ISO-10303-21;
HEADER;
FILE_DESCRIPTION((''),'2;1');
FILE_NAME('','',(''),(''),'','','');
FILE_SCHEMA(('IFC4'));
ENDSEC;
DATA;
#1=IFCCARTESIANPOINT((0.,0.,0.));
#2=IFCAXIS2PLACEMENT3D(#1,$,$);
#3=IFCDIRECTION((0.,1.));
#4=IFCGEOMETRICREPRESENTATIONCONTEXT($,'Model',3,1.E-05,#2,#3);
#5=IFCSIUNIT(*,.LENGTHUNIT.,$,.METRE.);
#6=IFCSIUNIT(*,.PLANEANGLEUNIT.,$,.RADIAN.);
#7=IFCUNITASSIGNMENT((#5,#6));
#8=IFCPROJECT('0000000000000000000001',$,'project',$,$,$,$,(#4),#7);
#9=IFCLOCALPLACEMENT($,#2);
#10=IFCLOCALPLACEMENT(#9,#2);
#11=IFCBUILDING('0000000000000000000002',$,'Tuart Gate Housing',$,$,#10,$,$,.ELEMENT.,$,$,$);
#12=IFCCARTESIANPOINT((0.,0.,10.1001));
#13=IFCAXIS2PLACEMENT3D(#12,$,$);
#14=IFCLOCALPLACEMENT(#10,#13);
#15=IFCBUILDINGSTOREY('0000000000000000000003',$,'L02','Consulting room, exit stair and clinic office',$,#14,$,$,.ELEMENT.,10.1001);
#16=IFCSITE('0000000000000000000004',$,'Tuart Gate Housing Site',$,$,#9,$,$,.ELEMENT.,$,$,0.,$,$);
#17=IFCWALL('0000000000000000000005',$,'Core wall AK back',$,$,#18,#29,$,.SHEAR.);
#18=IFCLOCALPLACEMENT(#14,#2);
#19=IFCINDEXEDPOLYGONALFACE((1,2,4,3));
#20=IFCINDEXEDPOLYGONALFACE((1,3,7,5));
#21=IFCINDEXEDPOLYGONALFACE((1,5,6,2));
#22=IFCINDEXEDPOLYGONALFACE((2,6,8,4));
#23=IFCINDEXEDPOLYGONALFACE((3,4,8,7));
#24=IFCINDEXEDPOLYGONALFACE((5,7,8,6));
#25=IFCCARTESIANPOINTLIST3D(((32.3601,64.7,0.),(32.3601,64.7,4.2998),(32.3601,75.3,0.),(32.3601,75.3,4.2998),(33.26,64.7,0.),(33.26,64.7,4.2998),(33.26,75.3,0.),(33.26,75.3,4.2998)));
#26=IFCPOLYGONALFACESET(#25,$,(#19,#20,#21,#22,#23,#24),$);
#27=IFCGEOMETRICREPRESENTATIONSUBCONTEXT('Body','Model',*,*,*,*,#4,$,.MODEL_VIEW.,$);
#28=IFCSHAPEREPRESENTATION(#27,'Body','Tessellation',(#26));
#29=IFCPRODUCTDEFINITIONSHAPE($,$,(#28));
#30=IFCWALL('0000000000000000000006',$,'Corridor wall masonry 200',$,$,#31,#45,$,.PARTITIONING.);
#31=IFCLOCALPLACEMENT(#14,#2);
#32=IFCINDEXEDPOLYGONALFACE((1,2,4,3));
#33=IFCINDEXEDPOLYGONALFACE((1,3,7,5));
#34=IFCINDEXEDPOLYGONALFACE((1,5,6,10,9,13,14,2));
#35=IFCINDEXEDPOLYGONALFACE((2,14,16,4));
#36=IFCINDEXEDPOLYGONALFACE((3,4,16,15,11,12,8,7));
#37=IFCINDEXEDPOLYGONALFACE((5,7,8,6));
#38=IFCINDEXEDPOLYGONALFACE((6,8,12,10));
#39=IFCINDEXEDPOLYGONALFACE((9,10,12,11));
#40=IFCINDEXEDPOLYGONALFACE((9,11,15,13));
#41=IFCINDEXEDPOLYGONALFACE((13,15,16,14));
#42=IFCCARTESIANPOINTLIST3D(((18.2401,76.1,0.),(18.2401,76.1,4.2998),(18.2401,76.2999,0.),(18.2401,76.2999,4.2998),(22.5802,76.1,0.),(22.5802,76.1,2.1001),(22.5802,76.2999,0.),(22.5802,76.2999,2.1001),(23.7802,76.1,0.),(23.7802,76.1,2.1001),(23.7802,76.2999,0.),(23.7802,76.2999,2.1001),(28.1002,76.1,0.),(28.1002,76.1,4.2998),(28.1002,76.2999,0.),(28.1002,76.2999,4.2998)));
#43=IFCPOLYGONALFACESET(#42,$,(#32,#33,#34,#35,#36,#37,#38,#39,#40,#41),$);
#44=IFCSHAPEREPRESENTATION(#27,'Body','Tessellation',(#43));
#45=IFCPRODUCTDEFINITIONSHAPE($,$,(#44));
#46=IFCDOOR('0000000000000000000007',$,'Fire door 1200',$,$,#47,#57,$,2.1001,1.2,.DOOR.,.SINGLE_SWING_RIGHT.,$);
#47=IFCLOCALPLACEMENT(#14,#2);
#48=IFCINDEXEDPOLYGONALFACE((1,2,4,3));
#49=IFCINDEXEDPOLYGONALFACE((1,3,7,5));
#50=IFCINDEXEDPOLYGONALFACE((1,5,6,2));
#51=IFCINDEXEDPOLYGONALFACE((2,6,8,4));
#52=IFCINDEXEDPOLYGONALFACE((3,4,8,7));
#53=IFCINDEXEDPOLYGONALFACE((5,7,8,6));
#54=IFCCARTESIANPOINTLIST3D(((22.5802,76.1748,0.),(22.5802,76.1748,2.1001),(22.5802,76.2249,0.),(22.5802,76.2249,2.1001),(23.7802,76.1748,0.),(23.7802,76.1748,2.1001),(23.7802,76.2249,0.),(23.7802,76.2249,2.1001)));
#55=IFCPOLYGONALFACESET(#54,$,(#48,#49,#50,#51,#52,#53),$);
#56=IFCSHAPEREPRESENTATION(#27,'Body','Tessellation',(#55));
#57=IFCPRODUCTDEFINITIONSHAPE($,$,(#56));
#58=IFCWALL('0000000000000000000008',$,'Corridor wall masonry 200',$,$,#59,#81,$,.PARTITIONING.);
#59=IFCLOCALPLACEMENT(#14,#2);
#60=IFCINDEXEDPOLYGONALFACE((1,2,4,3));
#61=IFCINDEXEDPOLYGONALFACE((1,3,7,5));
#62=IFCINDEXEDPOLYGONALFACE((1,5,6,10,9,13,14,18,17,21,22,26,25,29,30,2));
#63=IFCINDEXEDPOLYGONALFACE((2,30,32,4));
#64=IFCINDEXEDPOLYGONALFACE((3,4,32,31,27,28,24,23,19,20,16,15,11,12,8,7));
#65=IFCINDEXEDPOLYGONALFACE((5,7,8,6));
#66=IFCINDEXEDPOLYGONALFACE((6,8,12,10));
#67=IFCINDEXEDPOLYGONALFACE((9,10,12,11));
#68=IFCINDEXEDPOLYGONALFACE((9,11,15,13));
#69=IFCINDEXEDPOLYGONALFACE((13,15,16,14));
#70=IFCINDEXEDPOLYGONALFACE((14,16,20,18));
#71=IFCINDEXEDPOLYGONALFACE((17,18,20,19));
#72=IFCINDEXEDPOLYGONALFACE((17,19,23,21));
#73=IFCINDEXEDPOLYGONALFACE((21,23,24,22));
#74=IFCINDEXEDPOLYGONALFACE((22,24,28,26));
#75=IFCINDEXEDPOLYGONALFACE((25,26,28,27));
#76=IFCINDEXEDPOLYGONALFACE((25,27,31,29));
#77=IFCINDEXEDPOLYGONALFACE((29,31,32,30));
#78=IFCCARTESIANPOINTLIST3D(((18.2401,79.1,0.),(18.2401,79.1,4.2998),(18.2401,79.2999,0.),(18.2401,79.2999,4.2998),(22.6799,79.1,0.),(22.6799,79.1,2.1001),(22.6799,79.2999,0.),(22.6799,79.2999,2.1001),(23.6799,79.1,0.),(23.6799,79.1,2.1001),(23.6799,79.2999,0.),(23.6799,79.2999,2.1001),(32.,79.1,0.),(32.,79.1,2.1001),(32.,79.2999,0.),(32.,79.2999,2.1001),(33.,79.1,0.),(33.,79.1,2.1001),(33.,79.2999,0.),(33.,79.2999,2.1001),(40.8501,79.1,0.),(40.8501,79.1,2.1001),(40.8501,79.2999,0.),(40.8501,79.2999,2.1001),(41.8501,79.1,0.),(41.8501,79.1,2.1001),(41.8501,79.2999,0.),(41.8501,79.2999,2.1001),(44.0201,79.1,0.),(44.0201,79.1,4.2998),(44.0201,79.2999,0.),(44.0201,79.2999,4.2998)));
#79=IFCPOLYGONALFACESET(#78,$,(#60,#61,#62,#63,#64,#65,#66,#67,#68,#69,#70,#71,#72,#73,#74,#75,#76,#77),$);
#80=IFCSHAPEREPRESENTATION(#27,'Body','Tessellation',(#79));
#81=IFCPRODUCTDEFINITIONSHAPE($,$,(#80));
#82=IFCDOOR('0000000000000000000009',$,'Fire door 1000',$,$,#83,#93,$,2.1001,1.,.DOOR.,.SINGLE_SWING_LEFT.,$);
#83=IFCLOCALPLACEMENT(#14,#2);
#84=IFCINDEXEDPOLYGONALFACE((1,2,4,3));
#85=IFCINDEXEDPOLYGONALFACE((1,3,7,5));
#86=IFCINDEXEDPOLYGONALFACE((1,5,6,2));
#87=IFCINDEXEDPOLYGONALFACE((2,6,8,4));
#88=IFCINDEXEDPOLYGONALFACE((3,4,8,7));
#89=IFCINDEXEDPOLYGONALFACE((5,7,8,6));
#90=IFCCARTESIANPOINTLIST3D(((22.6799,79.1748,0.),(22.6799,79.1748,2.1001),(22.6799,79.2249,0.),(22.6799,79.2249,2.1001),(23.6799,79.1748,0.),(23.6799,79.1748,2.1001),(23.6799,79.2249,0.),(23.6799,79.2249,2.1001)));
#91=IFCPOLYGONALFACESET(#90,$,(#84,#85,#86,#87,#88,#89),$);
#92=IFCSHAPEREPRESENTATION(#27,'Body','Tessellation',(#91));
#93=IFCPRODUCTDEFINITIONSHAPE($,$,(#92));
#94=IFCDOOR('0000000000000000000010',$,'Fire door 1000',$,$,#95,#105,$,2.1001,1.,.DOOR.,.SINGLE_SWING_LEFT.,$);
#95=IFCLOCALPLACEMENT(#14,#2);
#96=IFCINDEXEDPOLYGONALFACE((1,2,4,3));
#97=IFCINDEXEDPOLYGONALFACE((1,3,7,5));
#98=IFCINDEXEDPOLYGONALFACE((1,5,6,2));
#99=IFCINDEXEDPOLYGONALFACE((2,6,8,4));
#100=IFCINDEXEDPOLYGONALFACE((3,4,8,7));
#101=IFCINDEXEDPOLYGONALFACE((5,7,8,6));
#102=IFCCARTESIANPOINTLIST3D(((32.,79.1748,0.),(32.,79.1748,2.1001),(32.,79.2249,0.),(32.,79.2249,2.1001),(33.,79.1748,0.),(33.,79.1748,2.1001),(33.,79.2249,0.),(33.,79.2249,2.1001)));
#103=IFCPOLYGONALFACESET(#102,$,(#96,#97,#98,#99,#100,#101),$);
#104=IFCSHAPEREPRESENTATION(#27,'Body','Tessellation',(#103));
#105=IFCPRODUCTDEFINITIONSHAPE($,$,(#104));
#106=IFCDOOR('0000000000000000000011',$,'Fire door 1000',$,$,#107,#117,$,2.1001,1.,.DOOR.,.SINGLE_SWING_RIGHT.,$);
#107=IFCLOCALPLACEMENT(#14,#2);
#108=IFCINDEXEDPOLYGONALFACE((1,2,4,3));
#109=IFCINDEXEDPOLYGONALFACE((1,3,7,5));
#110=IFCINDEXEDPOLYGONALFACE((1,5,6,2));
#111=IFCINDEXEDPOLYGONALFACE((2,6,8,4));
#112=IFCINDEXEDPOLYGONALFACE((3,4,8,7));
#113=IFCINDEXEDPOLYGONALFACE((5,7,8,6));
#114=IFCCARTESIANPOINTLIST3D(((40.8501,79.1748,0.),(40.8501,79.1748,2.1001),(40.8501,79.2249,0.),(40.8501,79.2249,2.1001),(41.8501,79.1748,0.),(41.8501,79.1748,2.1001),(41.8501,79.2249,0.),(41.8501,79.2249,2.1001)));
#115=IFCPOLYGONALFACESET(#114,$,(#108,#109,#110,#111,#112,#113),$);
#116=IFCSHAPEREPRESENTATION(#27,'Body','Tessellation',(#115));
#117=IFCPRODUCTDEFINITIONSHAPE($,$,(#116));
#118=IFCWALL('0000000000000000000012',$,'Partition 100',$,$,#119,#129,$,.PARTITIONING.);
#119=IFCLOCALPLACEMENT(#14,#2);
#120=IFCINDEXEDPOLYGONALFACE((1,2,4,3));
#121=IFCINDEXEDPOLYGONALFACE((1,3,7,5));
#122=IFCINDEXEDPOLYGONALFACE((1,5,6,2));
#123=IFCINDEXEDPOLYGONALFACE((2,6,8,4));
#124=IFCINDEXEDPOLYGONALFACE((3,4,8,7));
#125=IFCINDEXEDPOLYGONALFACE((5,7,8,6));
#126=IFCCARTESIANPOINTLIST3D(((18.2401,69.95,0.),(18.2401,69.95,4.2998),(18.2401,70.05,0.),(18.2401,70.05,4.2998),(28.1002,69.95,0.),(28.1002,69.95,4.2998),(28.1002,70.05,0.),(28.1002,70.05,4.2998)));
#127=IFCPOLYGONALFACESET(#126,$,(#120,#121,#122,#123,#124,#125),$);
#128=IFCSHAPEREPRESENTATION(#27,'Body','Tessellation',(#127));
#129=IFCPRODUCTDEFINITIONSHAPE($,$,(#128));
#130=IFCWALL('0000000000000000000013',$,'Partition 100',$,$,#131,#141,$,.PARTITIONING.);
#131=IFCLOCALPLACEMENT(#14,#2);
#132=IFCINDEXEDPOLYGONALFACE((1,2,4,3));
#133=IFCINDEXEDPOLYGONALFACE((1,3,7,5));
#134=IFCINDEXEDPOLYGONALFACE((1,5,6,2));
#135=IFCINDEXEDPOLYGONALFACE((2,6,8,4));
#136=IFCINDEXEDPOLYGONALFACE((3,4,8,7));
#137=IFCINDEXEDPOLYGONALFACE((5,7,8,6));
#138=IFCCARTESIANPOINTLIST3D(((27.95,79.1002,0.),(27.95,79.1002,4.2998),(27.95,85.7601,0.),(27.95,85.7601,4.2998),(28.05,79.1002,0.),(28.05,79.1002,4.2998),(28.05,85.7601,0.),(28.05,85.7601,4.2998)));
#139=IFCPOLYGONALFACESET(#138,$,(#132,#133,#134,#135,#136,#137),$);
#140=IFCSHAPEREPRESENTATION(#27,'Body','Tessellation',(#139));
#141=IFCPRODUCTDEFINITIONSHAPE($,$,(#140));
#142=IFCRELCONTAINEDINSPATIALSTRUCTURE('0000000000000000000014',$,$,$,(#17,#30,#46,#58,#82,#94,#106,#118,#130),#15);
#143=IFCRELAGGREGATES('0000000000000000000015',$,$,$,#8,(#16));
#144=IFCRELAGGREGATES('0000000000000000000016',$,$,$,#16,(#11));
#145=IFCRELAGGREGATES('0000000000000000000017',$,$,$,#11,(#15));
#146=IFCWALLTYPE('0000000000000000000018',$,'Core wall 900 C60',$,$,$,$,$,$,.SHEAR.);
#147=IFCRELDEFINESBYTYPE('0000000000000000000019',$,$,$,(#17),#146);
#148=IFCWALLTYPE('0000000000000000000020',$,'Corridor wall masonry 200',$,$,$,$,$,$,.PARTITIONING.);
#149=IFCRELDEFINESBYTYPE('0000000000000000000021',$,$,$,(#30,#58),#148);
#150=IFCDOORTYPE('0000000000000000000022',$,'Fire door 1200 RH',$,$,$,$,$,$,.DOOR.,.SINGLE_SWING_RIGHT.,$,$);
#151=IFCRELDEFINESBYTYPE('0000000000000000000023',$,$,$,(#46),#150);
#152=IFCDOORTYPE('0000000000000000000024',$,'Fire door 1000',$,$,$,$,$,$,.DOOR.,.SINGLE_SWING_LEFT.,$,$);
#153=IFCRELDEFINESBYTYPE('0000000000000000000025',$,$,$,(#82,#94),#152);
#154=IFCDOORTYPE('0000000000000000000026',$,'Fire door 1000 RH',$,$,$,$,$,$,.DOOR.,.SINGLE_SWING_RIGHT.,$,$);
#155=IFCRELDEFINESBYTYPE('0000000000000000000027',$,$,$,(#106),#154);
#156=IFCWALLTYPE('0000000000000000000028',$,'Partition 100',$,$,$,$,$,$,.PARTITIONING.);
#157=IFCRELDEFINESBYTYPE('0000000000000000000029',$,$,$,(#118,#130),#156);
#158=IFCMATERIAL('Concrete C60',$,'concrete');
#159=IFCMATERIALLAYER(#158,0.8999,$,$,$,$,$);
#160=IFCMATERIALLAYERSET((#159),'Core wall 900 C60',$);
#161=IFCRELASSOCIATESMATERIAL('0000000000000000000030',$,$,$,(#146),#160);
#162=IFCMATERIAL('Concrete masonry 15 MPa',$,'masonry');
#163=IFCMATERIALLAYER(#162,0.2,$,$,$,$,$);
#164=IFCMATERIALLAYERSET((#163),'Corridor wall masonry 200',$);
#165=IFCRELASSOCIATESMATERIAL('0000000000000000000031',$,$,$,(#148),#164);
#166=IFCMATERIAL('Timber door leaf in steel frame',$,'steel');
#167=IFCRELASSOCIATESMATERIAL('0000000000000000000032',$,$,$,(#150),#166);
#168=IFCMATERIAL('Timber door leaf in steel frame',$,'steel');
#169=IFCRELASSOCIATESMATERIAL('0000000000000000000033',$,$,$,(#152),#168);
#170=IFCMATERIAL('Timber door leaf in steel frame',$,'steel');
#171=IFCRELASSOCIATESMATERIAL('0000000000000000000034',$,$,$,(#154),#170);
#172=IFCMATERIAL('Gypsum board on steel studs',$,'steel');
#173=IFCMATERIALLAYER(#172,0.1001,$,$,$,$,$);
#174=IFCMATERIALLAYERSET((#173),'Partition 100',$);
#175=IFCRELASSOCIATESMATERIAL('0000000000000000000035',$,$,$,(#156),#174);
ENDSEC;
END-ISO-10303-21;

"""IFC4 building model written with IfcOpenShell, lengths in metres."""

from ifc_helpers import new_model, si_unit, direction, frame, frame_2d, origin, place, context, subcontext, project, spatial, rectangle, extrude, material, layer, layer_set, type_object, element, fill, save


model = new_model("IFC4")

# Units and contexts
model_context = context("Model", 3, precision=1e-05, world=origin(), true_north=direction((0.0, 1.0)))
body_context = subcontext(model_context, "Body", "Model", "MODEL_VIEW")
ifc_project = project(units=[si_unit("LENGTHUNIT", "METRE"), si_unit("PLANEANGLEUNIT", "RADIAN")], contexts=[model_context])

# Site, building, storey
site_placement = place(None, origin())
site = spatial("IfcSite", under=ifc_project, at=site_placement, Name="Tuart Gate Housing Site", CompositionType="ELEMENT", RefElevation=0.0)
building_placement = place(site_placement, origin())
building = spatial("IfcBuilding", under=site, at=building_placement, Name="Tuart Gate Housing", CompositionType="ELEMENT")
storey_placement = place(building_placement, frame((0.0, 0.0, 10.1001)))
storey = spatial("IfcBuildingStorey", under=building, at=storey_placement, Name="L02", Description="Consulting room, exit stair and clinic office", CompositionType="ELEMENT", Elevation=10.1001)

# Wall
ifc_material_1 = material(Name="Concrete C60", Category="concrete")
ifc_layer_1 = layer(ifc_material_1, 0.8999)
ifc_layer_set_1 = layer_set([ifc_layer_1], Name="Core wall 900 C60")
wall_type_1 = type_object("IfcWallType", Name="Core wall 900 C60", PredefinedType="SHEAR", material=ifc_layer_set_1)
wall_1_placement = place(storey_placement, frame((32.8101, 75.3, 0.0), z_axis=(0.0, 0.0, 1.0), x_axis=(0.0, -1.0, 0.0)))
element("IfcWall", 1, at=wall_1_placement, inside=storey, type_object=wall_type_1, Name="Core wall AK back", PredefinedType="SHEAR", context=body_context, shape_type="SweptSolid", body=[
    extrude(rectangle(XDim=10.6001, YDim=0.8999, at=frame_2d((5.3, 0.0))), origin(), (0.0, 0.0, 1.0), 4.2998),
])

# Wall, opening, door
ifc_material_2 = material(Name="Concrete masonry 15 MPa", Category="masonry")
ifc_layer_2 = layer(ifc_material_2, 0.2)
ifc_layer_set_2 = layer_set([ifc_layer_2], Name="Corridor wall masonry 200")
wall_type_2 = type_object("IfcWallType", Name="Corridor wall masonry 200", PredefinedType="PARTITIONING", material=ifc_layer_set_2)
wall_2_placement = place(storey_placement, frame((18.24, 76.2, 0.0), z_axis=(0.0, 0.0, 1.0), x_axis=(1.0, 0.0, 0.0)))
wall_2 = element("IfcWall", 2, at=wall_2_placement, inside=storey, type_object=wall_type_2, Name="Corridor wall masonry 200", PredefinedType="PARTITIONING", context=body_context, shape_type="SweptSolid", body=[
    extrude(rectangle(XDim=9.8601, YDim=0.2, at=frame_2d((4.9302, 0.0))), origin(), (0.0, 0.0, 1.0), 4.2998),
])
opening_1_placement = place(wall_2_placement, frame((4.3401, 0.0, 0.0)))
opening_1 = element("IfcOpeningElement", 3, at=opening_1_placement, cuts=wall_2, PredefinedType="OPENING", context=body_context, shape_type="SweptSolid", body=[
    extrude(rectangle(XDim=1.2, YDim=2.1001, at=frame_2d((0.6001, 1.05))), frame((0.0, 0.1099, 0.0), z_axis=(0.0, -1.0, 0.0), x_axis=(1.0, 0.0, 0.0)), (0.0, 0.0, 1.0), 0.22),
])
ifc_material_3 = material(Name="Timber door leaf in steel frame", Category="steel")
door_type_1 = type_object("IfcDoorType", Name="Fire door 1200 RH", OperationType="SINGLE_SWING_RIGHT", PredefinedType="DOOR", material=ifc_material_3)
door_1_placement = place(opening_1_placement, frame((1.2, 0.0, 0.0), z_axis=(0.0, 0.0, 1.0), x_axis=(-1.0, 0.0, 0.0)))
door_1 = element("IfcDoor", 4, at=door_1_placement, inside=storey, type_object=door_type_1, Name="Fire door 1200", OperationType="SINGLE_SWING_RIGHT", OverallHeight=2.1001, OverallWidth=1.2, PredefinedType="DOOR", context=body_context, shape_type="SweptSolid", body=[
    extrude(rectangle(XDim=1.2, YDim=2.1001, at=frame_2d((0.5999, 1.05))), frame((0.0, 0.0251, 0.0), z_axis=(0.0, -1.0, 0.0), x_axis=(1.0, 0.0, 0.0)), (0.0, 0.0, 1.0), 0.05),
])
fill(opening_1, door_1)

# Wall, openings, doors
wall_3_placement = place(storey_placement, frame((18.24, 79.2, 0.0), z_axis=(0.0, 0.0, 1.0), x_axis=(1.0, 0.0, 0.0)))
wall_3 = element("IfcWall", 5, at=wall_3_placement, inside=storey, type_object=wall_type_2, Name="Corridor wall masonry 200", PredefinedType="PARTITIONING", context=body_context, shape_type="SweptSolid", body=[
    extrude(rectangle(XDim=25.78, YDim=0.2, at=frame_2d((12.8901, 0.0))), origin(), (0.0, 0.0, 1.0), 4.2998),
])
opening_2_placement = place(wall_3_placement, frame((4.4399, 0.0, 0.0)))
opening_2 = element("IfcOpeningElement", 6, at=opening_2_placement, cuts=wall_3, PredefinedType="OPENING", context=body_context, shape_type="SweptSolid", body=[
    extrude(rectangle(XDim=1.0, YDim=2.1001, at=frame_2d((0.5, 1.05))), frame((0.0, 0.1099, 0.0), z_axis=(0.0, -1.0, 0.0), x_axis=(1.0, 0.0, 0.0)), (0.0, 0.0, 1.0), 0.22),
])
opening_3_placement = place(wall_3_placement, frame((13.76, 0.0, 0.0)))
opening_3 = element("IfcOpeningElement", 7, at=opening_3_placement, cuts=wall_3, PredefinedType="OPENING", context=body_context, shape_type="SweptSolid", body=[
    extrude(rectangle(XDim=1.0, YDim=2.1001, at=frame_2d((0.5, 1.05))), frame((0.0, 0.1099, 0.0), z_axis=(0.0, -1.0, 0.0), x_axis=(1.0, 0.0, 0.0)), (0.0, 0.0, 1.0), 0.22),
])
opening_4_placement = place(wall_3_placement, frame((22.6101, 0.0, 0.0)))
opening_4 = element("IfcOpeningElement", 8, at=opening_4_placement, cuts=wall_3, PredefinedType="OPENING", context=body_context, shape_type="SweptSolid", body=[
    extrude(rectangle(XDim=1.0, YDim=2.1001, at=frame_2d((0.5, 1.05))), frame((0.0, 0.1099, 0.0), z_axis=(0.0, -1.0, 0.0), x_axis=(1.0, 0.0, 0.0)), (0.0, 0.0, 1.0), 0.22),
])
ifc_material_4 = material(Name="Timber door leaf in steel frame", Category="steel")
door_type_2 = type_object("IfcDoorType", Name="Fire door 1000", OperationType="SINGLE_SWING_LEFT", PredefinedType="DOOR", material=ifc_material_4)
door_2_placement = place(opening_2_placement, origin())
door_2 = element("IfcDoor", 9, at=door_2_placement, inside=storey, type_object=door_type_2, Name="Fire door 1000", OperationType="SINGLE_SWING_LEFT", OverallHeight=2.1001, OverallWidth=1.0, PredefinedType="DOOR", context=body_context, shape_type="SweptSolid", body=[
    extrude(rectangle(XDim=1.0, YDim=2.1001, at=frame_2d((0.5, 1.05))), frame((0.0, 0.0249, 0.0), z_axis=(0.0, -1.0, 0.0), x_axis=(1.0, 0.0, 0.0)), (0.0, 0.0, 1.0), 0.05),
])
fill(opening_2, door_2)
door_3_placement = place(opening_3_placement, origin())
door_3 = element("IfcDoor", 10, at=door_3_placement, inside=storey, type_object=door_type_2, Name="Fire door 1000", OperationType="SINGLE_SWING_LEFT", OverallHeight=2.1001, OverallWidth=1.0, PredefinedType="DOOR", context=body_context, shape_type="SweptSolid", body=[
    extrude(rectangle(XDim=1.0, YDim=2.1001, at=frame_2d((0.5, 1.05))), frame((0.0, 0.0249, 0.0), z_axis=(0.0, -1.0, 0.0), x_axis=(1.0, 0.0, 0.0)), (0.0, 0.0, 1.0), 0.05),
])
fill(opening_3, door_3)
ifc_material_5 = material(Name="Timber door leaf in steel frame", Category="steel")
door_type_3 = type_object("IfcDoorType", Name="Fire door 1000 RH", OperationType="SINGLE_SWING_RIGHT", PredefinedType="DOOR", material=ifc_material_5)
door_4_placement = place(opening_4_placement, origin())
door_4 = element("IfcDoor", 11, at=door_4_placement, inside=storey, type_object=door_type_3, Name="Fire door 1000", OperationType="SINGLE_SWING_RIGHT", OverallHeight=2.1001, OverallWidth=1.0, PredefinedType="DOOR", context=body_context, shape_type="SweptSolid", body=[
    extrude(rectangle(XDim=1.0, YDim=2.1001, at=frame_2d((0.5, 1.05))), frame((0.0, 0.0249, 0.0), z_axis=(0.0, -1.0, 0.0), x_axis=(1.0, 0.0, 0.0)), (0.0, 0.0, 1.0), 0.05),
])
fill(opening_4, door_4)

# Walls
ifc_material_6 = material(Name="Gypsum board on steel studs", Category="steel")
ifc_layer_3 = layer(ifc_material_6, 0.1001)
ifc_layer_set_3 = layer_set([ifc_layer_3], Name="Partition 100")
wall_type_3 = type_object("IfcWallType", Name="Partition 100", PredefinedType="PARTITIONING", material=ifc_layer_set_3)
wall_4_placement = place(storey_placement, frame((18.24, 70.0, 0.0), z_axis=(0.0, 0.0, 1.0), x_axis=(1.0, 0.0, 0.0)))
element("IfcWall", 12, at=wall_4_placement, inside=storey, type_object=wall_type_3, Name="Partition 100", PredefinedType="PARTITIONING", context=body_context, shape_type="SweptSolid", body=[
    extrude(rectangle(XDim=9.8601, YDim=0.1001, at=frame_2d((4.9302, 0.0))), origin(), (0.0, 0.0, 1.0), 4.2998),
])
wall_5_placement = place(storey_placement, frame((28.0, 79.1001, 0.0), z_axis=(0.0, 0.0, 1.0), x_axis=(0.0, 1.0, 0.0)))
element("IfcWall", 13, at=wall_5_placement, inside=storey, type_object=wall_type_3, Name="Partition 100", PredefinedType="PARTITIONING", context=body_context, shape_type="SweptSolid", body=[
    extrude(rectangle(XDim=6.6599, YDim=0.1001, at=frame_2d((3.3301, 0.0))), origin(), (0.0, 0.0, 1.0), 4.2998),
])

save(model, "model.ifc")
